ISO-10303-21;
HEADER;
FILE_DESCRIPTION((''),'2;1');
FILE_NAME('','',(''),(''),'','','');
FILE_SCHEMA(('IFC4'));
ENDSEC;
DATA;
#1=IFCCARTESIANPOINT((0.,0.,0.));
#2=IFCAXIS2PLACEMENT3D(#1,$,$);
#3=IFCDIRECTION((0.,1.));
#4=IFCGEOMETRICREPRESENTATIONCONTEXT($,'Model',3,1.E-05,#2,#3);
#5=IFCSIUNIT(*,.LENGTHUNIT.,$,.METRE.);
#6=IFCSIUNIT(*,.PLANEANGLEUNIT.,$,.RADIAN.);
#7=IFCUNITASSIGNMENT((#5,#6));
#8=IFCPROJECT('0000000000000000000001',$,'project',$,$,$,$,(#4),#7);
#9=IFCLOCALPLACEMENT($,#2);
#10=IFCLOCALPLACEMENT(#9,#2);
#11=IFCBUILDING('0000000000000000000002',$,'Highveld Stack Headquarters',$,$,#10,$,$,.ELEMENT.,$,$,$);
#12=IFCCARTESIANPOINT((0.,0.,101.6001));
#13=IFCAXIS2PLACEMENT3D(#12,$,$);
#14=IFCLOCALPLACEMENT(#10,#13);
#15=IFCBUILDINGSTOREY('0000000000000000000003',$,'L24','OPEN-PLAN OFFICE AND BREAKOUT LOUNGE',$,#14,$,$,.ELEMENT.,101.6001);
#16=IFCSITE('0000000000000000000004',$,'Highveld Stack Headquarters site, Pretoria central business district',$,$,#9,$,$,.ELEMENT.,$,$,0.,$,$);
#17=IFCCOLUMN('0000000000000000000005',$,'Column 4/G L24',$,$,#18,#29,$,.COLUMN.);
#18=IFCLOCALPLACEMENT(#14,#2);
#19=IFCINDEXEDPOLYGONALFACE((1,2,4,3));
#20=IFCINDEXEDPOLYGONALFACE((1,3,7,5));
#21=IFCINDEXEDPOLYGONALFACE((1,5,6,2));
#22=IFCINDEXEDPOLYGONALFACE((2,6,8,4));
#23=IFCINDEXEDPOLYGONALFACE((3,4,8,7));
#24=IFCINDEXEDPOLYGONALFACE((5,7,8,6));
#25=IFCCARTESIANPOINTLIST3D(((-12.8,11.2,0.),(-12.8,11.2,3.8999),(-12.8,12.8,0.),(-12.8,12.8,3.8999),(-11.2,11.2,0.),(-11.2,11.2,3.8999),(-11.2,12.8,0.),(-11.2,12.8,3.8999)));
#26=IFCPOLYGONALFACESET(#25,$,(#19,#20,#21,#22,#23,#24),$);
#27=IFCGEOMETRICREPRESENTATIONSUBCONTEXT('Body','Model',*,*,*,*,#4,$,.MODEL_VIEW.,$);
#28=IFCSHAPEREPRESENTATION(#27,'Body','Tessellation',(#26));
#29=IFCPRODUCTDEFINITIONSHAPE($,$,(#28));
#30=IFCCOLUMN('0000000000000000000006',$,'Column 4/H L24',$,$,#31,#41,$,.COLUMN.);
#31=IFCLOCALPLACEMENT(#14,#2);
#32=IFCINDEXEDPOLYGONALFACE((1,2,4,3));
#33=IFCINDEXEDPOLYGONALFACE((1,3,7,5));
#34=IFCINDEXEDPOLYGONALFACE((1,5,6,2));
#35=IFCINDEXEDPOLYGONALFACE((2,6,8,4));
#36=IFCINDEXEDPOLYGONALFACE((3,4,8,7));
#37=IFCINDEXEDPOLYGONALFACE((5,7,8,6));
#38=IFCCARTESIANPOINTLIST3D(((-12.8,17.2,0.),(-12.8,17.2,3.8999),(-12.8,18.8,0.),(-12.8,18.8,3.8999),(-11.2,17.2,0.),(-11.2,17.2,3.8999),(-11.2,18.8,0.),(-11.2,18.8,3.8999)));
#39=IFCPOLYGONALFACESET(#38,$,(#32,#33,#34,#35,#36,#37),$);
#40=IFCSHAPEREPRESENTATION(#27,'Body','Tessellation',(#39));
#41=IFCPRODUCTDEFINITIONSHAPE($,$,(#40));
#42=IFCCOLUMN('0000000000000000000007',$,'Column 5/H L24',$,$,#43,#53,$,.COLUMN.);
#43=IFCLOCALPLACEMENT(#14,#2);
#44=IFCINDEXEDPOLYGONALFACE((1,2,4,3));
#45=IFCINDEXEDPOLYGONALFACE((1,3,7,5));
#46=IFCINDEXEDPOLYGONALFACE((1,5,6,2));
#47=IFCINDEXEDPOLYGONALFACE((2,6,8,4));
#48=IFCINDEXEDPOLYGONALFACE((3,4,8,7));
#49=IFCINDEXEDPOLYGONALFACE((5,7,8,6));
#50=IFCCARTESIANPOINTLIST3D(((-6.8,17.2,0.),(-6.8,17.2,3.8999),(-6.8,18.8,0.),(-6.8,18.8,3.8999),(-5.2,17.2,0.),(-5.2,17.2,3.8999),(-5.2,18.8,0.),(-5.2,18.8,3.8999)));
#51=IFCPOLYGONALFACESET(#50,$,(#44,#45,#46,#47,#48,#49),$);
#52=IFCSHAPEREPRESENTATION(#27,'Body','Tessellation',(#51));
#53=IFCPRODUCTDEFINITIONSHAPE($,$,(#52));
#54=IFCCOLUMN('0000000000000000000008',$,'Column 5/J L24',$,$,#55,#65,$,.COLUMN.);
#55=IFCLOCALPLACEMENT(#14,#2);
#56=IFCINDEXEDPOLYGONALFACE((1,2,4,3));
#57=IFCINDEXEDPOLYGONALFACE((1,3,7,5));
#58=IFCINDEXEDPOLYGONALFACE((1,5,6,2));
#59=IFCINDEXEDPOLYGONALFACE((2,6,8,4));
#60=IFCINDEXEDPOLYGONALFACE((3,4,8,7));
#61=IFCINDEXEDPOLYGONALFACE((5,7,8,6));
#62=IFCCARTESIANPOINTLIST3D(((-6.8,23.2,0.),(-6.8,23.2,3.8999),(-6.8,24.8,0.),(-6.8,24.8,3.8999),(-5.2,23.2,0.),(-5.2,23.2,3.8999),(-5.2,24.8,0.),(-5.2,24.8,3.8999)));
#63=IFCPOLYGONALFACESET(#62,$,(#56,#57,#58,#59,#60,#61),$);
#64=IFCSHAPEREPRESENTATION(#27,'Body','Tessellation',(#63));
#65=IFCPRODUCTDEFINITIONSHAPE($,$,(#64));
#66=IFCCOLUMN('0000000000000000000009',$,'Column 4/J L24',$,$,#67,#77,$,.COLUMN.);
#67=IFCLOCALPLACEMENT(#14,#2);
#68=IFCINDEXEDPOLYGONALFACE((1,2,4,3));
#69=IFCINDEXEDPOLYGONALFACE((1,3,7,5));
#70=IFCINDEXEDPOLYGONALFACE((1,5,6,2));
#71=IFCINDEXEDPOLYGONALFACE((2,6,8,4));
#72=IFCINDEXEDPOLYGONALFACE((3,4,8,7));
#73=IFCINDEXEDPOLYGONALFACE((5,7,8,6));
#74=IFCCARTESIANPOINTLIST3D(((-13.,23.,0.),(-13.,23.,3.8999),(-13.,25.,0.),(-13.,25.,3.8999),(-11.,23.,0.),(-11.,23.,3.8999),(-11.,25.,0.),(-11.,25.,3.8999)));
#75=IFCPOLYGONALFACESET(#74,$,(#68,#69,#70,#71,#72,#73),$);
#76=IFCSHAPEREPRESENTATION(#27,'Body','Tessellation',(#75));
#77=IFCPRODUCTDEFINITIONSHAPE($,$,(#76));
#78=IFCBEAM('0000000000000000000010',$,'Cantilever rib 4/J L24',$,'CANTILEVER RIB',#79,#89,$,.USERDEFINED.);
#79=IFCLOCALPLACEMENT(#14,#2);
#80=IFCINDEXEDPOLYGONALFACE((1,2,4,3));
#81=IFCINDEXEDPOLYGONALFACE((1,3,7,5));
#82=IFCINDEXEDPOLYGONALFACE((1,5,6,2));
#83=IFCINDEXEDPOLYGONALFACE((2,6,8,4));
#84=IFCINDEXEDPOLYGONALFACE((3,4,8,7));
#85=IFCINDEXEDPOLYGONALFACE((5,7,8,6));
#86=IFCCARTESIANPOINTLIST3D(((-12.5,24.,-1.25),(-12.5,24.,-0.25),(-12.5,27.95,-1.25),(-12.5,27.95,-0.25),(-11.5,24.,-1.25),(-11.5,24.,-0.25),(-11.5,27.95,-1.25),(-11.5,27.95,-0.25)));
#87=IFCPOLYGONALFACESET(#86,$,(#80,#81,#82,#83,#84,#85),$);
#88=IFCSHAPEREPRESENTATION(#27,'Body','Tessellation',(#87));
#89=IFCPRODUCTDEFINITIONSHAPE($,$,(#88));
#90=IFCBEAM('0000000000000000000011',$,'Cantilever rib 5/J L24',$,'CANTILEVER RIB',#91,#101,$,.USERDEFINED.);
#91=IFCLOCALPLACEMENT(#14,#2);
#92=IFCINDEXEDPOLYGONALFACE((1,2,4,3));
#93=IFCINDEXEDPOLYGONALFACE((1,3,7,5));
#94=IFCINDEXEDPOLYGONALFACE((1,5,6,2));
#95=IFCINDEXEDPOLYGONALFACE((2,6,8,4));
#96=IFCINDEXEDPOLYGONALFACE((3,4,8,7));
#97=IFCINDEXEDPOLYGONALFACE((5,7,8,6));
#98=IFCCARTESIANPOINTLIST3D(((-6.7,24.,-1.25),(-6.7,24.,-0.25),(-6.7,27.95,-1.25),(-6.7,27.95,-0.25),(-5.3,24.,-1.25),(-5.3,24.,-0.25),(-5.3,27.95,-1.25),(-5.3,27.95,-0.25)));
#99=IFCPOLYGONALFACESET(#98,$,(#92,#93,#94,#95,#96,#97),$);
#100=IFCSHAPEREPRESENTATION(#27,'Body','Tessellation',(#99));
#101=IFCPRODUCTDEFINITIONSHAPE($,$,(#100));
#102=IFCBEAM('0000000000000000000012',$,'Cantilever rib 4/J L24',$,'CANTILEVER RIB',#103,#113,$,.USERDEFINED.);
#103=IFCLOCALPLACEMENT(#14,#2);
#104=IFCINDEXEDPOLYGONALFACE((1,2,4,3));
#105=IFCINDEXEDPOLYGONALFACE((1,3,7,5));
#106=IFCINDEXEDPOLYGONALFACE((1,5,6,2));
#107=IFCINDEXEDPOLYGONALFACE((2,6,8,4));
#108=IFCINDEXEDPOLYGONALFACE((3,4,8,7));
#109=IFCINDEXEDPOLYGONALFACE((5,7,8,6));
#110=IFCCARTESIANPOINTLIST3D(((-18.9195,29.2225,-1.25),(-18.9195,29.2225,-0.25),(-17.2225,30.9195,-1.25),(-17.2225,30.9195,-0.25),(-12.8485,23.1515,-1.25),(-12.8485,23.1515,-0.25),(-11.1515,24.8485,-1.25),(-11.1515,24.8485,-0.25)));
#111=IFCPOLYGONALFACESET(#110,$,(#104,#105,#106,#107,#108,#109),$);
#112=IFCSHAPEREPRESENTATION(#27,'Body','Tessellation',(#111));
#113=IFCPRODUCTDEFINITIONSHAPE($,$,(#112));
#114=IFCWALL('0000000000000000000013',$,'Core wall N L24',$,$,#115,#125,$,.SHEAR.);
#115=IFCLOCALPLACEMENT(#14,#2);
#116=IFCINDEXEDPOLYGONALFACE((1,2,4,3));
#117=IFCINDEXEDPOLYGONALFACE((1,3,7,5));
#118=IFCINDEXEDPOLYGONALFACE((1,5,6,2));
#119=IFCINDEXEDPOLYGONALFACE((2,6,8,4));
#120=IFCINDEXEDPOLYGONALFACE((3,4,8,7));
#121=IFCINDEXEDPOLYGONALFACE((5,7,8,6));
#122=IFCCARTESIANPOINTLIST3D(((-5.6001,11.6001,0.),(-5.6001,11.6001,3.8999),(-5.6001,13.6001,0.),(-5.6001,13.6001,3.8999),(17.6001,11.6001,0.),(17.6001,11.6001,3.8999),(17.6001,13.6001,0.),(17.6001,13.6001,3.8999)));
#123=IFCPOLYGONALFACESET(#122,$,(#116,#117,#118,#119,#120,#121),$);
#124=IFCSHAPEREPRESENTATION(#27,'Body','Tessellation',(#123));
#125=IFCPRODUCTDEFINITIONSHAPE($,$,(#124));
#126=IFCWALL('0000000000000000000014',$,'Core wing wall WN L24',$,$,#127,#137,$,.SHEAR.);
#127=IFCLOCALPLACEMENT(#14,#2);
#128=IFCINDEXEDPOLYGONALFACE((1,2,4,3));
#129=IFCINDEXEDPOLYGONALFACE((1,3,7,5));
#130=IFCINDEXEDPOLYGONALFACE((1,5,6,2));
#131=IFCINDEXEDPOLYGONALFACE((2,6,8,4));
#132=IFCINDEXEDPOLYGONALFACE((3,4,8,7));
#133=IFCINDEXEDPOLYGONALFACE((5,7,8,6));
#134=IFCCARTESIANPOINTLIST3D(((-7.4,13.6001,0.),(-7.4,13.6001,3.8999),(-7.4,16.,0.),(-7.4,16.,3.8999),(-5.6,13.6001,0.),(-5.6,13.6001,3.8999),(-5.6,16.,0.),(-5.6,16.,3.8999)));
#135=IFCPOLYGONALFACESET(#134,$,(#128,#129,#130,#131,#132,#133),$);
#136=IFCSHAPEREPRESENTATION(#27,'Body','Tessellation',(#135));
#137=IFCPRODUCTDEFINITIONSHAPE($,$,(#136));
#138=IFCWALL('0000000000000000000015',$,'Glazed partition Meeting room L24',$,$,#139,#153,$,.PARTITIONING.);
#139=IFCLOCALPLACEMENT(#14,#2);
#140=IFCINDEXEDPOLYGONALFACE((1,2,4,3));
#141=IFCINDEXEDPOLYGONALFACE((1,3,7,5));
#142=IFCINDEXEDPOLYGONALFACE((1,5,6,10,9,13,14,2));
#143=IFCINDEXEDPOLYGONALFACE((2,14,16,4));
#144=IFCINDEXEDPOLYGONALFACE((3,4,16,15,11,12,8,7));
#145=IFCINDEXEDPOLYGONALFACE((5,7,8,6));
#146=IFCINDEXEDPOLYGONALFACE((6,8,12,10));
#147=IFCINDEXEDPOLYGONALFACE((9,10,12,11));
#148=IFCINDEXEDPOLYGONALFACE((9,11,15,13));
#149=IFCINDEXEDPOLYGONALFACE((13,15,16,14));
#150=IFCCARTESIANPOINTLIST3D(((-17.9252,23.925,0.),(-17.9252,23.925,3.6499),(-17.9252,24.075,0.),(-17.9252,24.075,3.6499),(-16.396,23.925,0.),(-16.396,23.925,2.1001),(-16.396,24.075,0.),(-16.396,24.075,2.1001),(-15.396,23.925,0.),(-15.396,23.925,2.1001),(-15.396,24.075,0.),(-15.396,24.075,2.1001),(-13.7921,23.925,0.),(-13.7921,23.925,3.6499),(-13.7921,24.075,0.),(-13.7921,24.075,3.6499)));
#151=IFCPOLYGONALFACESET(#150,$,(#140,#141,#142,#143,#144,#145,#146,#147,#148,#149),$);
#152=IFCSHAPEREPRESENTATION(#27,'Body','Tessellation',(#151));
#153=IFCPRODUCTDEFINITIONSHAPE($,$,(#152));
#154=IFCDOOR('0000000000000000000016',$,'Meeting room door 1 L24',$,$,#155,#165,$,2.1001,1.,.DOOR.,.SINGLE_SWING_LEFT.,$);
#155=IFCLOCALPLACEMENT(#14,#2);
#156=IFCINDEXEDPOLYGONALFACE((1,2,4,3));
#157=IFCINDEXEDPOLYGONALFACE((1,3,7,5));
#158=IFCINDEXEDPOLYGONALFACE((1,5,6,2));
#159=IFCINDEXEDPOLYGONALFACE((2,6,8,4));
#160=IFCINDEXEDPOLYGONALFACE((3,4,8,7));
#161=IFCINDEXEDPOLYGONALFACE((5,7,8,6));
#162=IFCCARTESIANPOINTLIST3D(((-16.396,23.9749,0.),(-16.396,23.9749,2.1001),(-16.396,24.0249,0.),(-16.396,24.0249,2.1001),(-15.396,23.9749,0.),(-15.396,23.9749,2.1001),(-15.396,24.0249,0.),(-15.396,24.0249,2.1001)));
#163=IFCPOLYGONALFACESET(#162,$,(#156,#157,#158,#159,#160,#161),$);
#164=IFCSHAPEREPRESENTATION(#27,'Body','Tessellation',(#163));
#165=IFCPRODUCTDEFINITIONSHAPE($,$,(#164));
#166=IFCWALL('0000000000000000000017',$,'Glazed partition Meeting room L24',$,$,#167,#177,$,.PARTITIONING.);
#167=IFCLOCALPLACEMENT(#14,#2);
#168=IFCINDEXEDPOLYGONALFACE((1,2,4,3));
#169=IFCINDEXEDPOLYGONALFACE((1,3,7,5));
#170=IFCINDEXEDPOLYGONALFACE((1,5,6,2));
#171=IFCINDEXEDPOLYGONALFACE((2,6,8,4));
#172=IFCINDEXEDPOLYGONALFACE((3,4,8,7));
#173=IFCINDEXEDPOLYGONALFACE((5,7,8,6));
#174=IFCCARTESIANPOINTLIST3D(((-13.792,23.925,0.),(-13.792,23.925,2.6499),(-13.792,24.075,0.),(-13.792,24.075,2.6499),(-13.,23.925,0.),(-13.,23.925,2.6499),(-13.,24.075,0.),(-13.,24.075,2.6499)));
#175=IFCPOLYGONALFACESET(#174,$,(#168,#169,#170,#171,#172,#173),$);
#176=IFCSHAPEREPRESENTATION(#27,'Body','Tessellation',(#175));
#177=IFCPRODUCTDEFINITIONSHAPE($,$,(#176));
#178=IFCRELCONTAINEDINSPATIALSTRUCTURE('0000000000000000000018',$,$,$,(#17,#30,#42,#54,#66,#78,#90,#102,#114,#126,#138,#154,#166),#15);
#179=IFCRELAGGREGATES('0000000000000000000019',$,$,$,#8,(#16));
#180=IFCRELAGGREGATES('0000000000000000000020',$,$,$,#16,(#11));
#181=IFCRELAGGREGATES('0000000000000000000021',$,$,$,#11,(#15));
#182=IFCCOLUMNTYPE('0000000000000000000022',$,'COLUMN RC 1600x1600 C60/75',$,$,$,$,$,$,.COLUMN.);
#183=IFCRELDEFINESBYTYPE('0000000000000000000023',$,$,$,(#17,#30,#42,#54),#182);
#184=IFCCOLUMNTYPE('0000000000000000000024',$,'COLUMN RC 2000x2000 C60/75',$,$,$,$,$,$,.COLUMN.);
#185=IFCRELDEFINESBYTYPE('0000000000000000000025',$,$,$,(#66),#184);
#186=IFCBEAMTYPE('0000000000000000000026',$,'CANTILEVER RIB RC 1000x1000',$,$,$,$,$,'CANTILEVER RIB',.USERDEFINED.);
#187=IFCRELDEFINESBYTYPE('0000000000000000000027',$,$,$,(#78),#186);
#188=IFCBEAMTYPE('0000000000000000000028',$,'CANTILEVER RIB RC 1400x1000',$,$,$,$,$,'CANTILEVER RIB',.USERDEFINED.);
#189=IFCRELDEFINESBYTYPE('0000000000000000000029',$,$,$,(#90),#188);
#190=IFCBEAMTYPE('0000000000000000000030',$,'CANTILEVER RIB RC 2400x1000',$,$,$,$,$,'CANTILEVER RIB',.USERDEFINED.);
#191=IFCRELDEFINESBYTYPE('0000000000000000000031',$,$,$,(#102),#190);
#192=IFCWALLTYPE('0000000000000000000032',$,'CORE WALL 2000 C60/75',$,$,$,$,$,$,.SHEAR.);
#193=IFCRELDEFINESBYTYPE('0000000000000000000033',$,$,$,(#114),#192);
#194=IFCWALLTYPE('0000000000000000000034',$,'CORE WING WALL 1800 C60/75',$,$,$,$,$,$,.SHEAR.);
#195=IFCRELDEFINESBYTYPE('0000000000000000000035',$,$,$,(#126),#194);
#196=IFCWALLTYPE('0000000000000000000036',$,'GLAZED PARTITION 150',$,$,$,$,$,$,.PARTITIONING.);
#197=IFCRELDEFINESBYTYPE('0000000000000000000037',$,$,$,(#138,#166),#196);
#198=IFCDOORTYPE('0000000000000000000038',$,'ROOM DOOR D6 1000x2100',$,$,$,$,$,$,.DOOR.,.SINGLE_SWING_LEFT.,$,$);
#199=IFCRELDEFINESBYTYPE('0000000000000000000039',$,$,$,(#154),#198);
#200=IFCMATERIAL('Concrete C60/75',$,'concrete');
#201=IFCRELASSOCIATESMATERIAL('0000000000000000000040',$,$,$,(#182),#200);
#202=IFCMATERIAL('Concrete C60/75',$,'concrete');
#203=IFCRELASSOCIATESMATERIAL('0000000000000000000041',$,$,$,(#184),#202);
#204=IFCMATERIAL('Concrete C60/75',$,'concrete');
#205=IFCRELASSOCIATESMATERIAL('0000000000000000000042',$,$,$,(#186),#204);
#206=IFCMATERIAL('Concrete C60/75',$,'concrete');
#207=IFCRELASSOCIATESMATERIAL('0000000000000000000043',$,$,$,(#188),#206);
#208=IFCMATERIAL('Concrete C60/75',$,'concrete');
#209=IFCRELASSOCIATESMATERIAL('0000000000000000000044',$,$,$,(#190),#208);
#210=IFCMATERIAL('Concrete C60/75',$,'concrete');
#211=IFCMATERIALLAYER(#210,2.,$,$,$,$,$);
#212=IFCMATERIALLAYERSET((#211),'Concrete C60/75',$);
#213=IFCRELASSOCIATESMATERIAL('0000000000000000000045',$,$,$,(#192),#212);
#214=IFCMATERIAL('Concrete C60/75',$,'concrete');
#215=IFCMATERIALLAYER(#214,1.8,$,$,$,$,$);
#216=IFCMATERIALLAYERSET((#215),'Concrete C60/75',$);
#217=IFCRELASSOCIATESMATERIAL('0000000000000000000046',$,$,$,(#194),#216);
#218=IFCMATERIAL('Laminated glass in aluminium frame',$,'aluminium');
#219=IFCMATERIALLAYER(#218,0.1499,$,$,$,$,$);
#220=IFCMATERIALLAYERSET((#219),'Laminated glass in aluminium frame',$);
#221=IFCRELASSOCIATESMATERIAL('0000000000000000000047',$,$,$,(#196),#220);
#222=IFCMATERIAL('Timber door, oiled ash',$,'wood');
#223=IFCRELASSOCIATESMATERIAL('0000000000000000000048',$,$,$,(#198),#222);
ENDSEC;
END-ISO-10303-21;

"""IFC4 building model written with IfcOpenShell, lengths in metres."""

from ifc_helpers import new_model, si_unit, direction, frame, frame_2d, origin, origin_2d, place, context, subcontext, project, spatial, rectangle, extrude, material, layer, layer_set, material_profile, profile_set, type_object, element, fill, save


model = new_model("IFC4")

# Units and contexts
model_context = context("Model", 3, precision=1e-05, world=origin(), true_north=direction((0.0, 1.0)))
body_context = subcontext(model_context, "Body", "Model", "MODEL_VIEW")
ifc_project = project(units=[si_unit("LENGTHUNIT", "METRE"), si_unit("PLANEANGLEUNIT", "RADIAN")], contexts=[model_context])

# Site, building, storey
site_placement = place(None, origin())
site = spatial("IfcSite", under=ifc_project, at=site_placement, Name="Highveld Stack Headquarters site, Pretoria central business district", CompositionType="ELEMENT", RefElevation=0.0)
building_placement = place(site_placement, origin())
building = spatial("IfcBuilding", under=site, at=building_placement, Name="Highveld Stack Headquarters", CompositionType="ELEMENT")
storey_placement = place(building_placement, frame((0.0, 0.0, 101.6001)))
storey = spatial("IfcBuildingStorey", under=building, at=storey_placement, Name="L24", Description="OPEN-PLAN OFFICE AND BREAKOUT LOUNGE", CompositionType="ELEMENT", Elevation=101.6001)

# Columns
ifc_material_1 = material(Name="Concrete C60/75", Category="concrete")
ifc_material_profile_1 = material_profile(ifc_material_1, rectangle(XDim=1.6001, YDim=1.6001, at=origin_2d()), Name="RC 1600x1600")
ifc_profile_set_1 = profile_set([ifc_material_profile_1], Name="Concrete C60/75")
column_type_1 = type_object("IfcColumnType", Name="COLUMN RC 1600x1600 C60/75", PredefinedType="COLUMN", material=ifc_profile_set_1)
for number, where, z_axis, x_axis, name in (
    (1, (-12.0, 12.0, 0.0), (0.0, 0.0, 1.0), (1.0, 0.0, 0.0), "Column 4/G L24"),
    (2, (-12.0, 18.0, 0.0), (0.0, 0.0, 1.0), (1.0, 0.0, 0.0), "Column 4/H L24"),
    (3, (-6.0, 18.0, 0.0), (0.0, 0.0, 1.0), (1.0, 0.0, 0.0), "Column 5/H L24"),
    (4, (-6.0, 24.0, 0.0), (0.0, 0.0, 1.0), (1.0, 0.0, 0.0), "Column 5/J L24"),
):
    element("IfcColumn", number, at=place(storey_placement, frame(where, z_axis=z_axis, x_axis=x_axis)), inside=storey, type_object=column_type_1, Name=name, PredefinedType="COLUMN", context=body_context, shape_type="SweptSolid", body=[
        extrude(rectangle(XDim=1.6001, YDim=1.6001, at=origin_2d()), origin(), (0.0, 0.0, 1.0), 3.8999),
    ])
ifc_material_2 = material(Name="Concrete C60/75", Category="concrete")
ifc_material_profile_2 = material_profile(ifc_material_2, rectangle(XDim=2.0, YDim=2.0, at=origin_2d()), Name="RC 2000x2000")
ifc_profile_set_2 = profile_set([ifc_material_profile_2], Name="Concrete C60/75")
column_type_2 = type_object("IfcColumnType", Name="COLUMN RC 2000x2000 C60/75", PredefinedType="COLUMN", material=ifc_profile_set_2)
column_placement = place(storey_placement, frame((-12.0, 24.0, 0.0), z_axis=(0.0, 0.0, 1.0), x_axis=(1.0, 0.0, 0.0)))
element("IfcColumn", 5, at=column_placement, inside=storey, type_object=column_type_2, Name="Column 4/J L24", PredefinedType="COLUMN", context=body_context, shape_type="SweptSolid", body=[
    extrude(rectangle(XDim=2.0, YDim=2.0, at=origin_2d()), origin(), (0.0, 0.0, 1.0), 3.8999),
])

# Beams
ifc_material_3 = material(Name="Concrete C60/75", Category="concrete")
ifc_material_profile_3 = material_profile(ifc_material_3, rectangle(XDim=1.0, YDim=1.0, at=origin_2d()), Name="RC 1000x1000")
ifc_profile_set_3 = profile_set([ifc_material_profile_3], Name="Concrete C60/75")
beam_type_1 = type_object("IfcBeamType", Name="CANTILEVER RIB RC 1000x1000", ElementType="CANTILEVER RIB", PredefinedType="USERDEFINED", material=ifc_profile_set_3)
beam_1_placement = place(storey_placement, frame((-12.0, 24.0, -0.75), z_axis=(0.0, 1.0, 0.0), x_axis=(-1.0, 0.0, 0.0)))
element("IfcBeam", 6, at=beam_1_placement, inside=storey, type_object=beam_type_1, Name="Cantilever rib 4/J L24", ObjectType="CANTILEVER RIB", PredefinedType="USERDEFINED", context=body_context, shape_type="SweptSolid", body=[
    extrude(rectangle(XDim=1.0, YDim=1.0, at=origin_2d()), origin(), (0.0, 0.0, 1.0), 3.95),
])
ifc_material_4 = material(Name="Concrete C60/75", Category="concrete")
ifc_material_profile_4 = material_profile(ifc_material_4, rectangle(XDim=1.3999, YDim=1.0, at=origin_2d()), Name="RC 1400x1000")
ifc_profile_set_4 = profile_set([ifc_material_profile_4], Name="Concrete C60/75")
beam_type_2 = type_object("IfcBeamType", Name="CANTILEVER RIB RC 1400x1000", ElementType="CANTILEVER RIB", PredefinedType="USERDEFINED", material=ifc_profile_set_4)
beam_2_placement = place(storey_placement, frame((-6.0, 24.0, -0.75), z_axis=(0.0, 1.0, 0.0), x_axis=(-1.0, 0.0, 0.0)))
element("IfcBeam", 7, at=beam_2_placement, inside=storey, type_object=beam_type_2, Name="Cantilever rib 5/J L24", ObjectType="CANTILEVER RIB", PredefinedType="USERDEFINED", context=body_context, shape_type="SweptSolid", body=[
    extrude(rectangle(XDim=1.3999, YDim=1.0, at=origin_2d()), origin(), (0.0, 0.0, 1.0), 3.95),
])
ifc_material_5 = material(Name="Concrete C60/75", Category="concrete")
ifc_material_profile_5 = material_profile(ifc_material_5, rectangle(XDim=2.3999, YDim=1.0, at=origin_2d()), Name="RC 2400x1000")
ifc_profile_set_5 = profile_set([ifc_material_profile_5], Name="Concrete C60/75")
beam_type_3 = type_object("IfcBeamType", Name="CANTILEVER RIB RC 2400x1000", ElementType="CANTILEVER RIB", PredefinedType="USERDEFINED", material=ifc_profile_set_5)
beam_3_placement = place(storey_placement, frame((-12.0, 24.0, -0.75), z_axis=(-0.707107, 0.707107, 0.0), x_axis=(-0.707107, -0.707107, 0.0)))
element("IfcBeam", 8, at=beam_3_placement, inside=storey, type_object=beam_type_3, Name="Cantilever rib 4/J L24", ObjectType="CANTILEVER RIB", PredefinedType="USERDEFINED", context=body_context, shape_type="SweptSolid", body=[
    extrude(rectangle(XDim=2.3999, YDim=1.0, at=origin_2d()), origin(), (0.0, 0.0, 1.0), 8.5857),
])

# Walls
ifc_material_6 = material(Name="Concrete C60/75", Category="concrete")
ifc_layer_1 = layer(ifc_material_6, 2.0)
ifc_layer_set_1 = layer_set([ifc_layer_1], Name="Concrete C60/75")
wall_type_1 = type_object("IfcWallType", Name="CORE WALL 2000 C60/75", PredefinedType="SHEAR", material=ifc_layer_set_1)
wall_1_placement = place(storey_placement, frame((-5.6001, 12.6001, 0.0), z_axis=(0.0, 0.0, 1.0), x_axis=(1.0, 0.0, 0.0)))
element("IfcWall", 9, at=wall_1_placement, inside=storey, type_object=wall_type_1, Name="Core wall N L24", PredefinedType="SHEAR", context=body_context, shape_type="SweptSolid", body=[
    extrude(rectangle(XDim=23.2002, YDim=2.0, at=frame_2d((11.6001, 0.0))), origin(), (0.0, 0.0, 1.0), 3.8999),
])
ifc_material_7 = material(Name="Concrete C60/75", Category="concrete")
ifc_layer_2 = layer(ifc_material_7, 1.8)
ifc_layer_set_2 = layer_set([ifc_layer_2], Name="Concrete C60/75")
wall_type_2 = type_object("IfcWallType", Name="CORE WING WALL 1800 C60/75", PredefinedType="SHEAR", material=ifc_layer_set_2)
wall_2_placement = place(storey_placement, frame((-6.5, 13.6001, 0.0), z_axis=(0.0, 0.0, 1.0), x_axis=(0.0, 1.0, 0.0)))
element("IfcWall", 10, at=wall_2_placement, inside=storey, type_object=wall_type_2, Name="Core wing wall WN L24", PredefinedType="SHEAR", context=body_context, shape_type="SweptSolid", body=[
    extrude(rectangle(XDim=2.3999, YDim=1.8, at=frame_2d((1.2, 0.0))), origin(), (0.0, 0.0, 1.0), 3.8999),
])

# Wall, opening, door
ifc_material_8 = material(Name="Laminated glass in aluminium frame", Category="aluminium")
ifc_layer_3 = layer(ifc_material_8, 0.1499)
ifc_layer_set_3 = layer_set([ifc_layer_3], Name="Laminated glass in aluminium frame")
wall_type_3 = type_object("IfcWallType", Name="GLAZED PARTITION 150", PredefinedType="PARTITIONING", material=ifc_layer_set_3)
wall_3_placement = place(storey_placement, frame((-17.925, 24.0, 0.0), z_axis=(0.0, 0.0, 1.0), x_axis=(1.0, 0.0, 0.0)))
wall_3 = element("IfcWall", 11, at=wall_3_placement, inside=storey, type_object=wall_type_3, Name="Glazed partition Meeting room L24", PredefinedType="PARTITIONING", context=body_context, shape_type="SweptSolid", body=[
    extrude(rectangle(XDim=4.1331, YDim=0.1499, at=frame_2d((2.0664, 0.0))), origin(), (0.0, 0.0, 1.0), 3.6499),
])
opening_1_placement = place(wall_3_placement, frame((1.5291, 0.0, 0.0)))
opening_1 = element("IfcOpeningElement", 12, at=opening_1_placement, cuts=wall_3, PredefinedType="OPENING", context=body_context, shape_type="SweptSolid", body=[
    extrude(rectangle(XDim=1.0, YDim=2.1001, at=frame_2d((0.5, 1.05))), frame((0.0, 0.085, 0.0), z_axis=(0.0, -1.0, 0.0), x_axis=(1.0, 0.0, 0.0)), (0.0, 0.0, 1.0), 0.1699),
])
ifc_material_9 = material(Name="Timber door, oiled ash", Category="wood")
door_type = type_object("IfcDoorType", Name="ROOM DOOR D6 1000x2100", OperationType="SINGLE_SWING_LEFT", PredefinedType="DOOR", material=ifc_material_9)
door_1_placement = place(opening_1_placement, origin())
door_1 = element("IfcDoor", 13, at=door_1_placement, inside=storey, type_object=door_type, Name="Meeting room door 1 L24", OperationType="SINGLE_SWING_LEFT", OverallHeight=2.1001, OverallWidth=1.0, PredefinedType="DOOR", context=body_context, shape_type="SweptSolid", body=[
    extrude(rectangle(XDim=1.0, YDim=2.1001, at=frame_2d((0.5, 1.05))), frame((0.0, 0.0249, 0.0), z_axis=(0.0, -1.0, 0.0), x_axis=(1.0, 0.0, 0.0)), (0.0, 0.0, 1.0), 0.05),
])
fill(opening_1, door_1)

# Wall
wall_4_placement = place(storey_placement, frame((-13.792, 24.0, 0.0), z_axis=(0.0, 0.0, 1.0), x_axis=(1.0, 0.0, 0.0)))
element("IfcWall", 14, at=wall_4_placement, inside=storey, type_object=wall_type_3, Name="Glazed partition Meeting room L24", PredefinedType="PARTITIONING", context=body_context, shape_type="SweptSolid", body=[
    extrude(rectangle(XDim=0.792, YDim=0.1499, at=frame_2d((0.396, 0.0))), origin(), (0.0, 0.0, 1.0), 2.6499),
])

save(model, "model.ifc")
